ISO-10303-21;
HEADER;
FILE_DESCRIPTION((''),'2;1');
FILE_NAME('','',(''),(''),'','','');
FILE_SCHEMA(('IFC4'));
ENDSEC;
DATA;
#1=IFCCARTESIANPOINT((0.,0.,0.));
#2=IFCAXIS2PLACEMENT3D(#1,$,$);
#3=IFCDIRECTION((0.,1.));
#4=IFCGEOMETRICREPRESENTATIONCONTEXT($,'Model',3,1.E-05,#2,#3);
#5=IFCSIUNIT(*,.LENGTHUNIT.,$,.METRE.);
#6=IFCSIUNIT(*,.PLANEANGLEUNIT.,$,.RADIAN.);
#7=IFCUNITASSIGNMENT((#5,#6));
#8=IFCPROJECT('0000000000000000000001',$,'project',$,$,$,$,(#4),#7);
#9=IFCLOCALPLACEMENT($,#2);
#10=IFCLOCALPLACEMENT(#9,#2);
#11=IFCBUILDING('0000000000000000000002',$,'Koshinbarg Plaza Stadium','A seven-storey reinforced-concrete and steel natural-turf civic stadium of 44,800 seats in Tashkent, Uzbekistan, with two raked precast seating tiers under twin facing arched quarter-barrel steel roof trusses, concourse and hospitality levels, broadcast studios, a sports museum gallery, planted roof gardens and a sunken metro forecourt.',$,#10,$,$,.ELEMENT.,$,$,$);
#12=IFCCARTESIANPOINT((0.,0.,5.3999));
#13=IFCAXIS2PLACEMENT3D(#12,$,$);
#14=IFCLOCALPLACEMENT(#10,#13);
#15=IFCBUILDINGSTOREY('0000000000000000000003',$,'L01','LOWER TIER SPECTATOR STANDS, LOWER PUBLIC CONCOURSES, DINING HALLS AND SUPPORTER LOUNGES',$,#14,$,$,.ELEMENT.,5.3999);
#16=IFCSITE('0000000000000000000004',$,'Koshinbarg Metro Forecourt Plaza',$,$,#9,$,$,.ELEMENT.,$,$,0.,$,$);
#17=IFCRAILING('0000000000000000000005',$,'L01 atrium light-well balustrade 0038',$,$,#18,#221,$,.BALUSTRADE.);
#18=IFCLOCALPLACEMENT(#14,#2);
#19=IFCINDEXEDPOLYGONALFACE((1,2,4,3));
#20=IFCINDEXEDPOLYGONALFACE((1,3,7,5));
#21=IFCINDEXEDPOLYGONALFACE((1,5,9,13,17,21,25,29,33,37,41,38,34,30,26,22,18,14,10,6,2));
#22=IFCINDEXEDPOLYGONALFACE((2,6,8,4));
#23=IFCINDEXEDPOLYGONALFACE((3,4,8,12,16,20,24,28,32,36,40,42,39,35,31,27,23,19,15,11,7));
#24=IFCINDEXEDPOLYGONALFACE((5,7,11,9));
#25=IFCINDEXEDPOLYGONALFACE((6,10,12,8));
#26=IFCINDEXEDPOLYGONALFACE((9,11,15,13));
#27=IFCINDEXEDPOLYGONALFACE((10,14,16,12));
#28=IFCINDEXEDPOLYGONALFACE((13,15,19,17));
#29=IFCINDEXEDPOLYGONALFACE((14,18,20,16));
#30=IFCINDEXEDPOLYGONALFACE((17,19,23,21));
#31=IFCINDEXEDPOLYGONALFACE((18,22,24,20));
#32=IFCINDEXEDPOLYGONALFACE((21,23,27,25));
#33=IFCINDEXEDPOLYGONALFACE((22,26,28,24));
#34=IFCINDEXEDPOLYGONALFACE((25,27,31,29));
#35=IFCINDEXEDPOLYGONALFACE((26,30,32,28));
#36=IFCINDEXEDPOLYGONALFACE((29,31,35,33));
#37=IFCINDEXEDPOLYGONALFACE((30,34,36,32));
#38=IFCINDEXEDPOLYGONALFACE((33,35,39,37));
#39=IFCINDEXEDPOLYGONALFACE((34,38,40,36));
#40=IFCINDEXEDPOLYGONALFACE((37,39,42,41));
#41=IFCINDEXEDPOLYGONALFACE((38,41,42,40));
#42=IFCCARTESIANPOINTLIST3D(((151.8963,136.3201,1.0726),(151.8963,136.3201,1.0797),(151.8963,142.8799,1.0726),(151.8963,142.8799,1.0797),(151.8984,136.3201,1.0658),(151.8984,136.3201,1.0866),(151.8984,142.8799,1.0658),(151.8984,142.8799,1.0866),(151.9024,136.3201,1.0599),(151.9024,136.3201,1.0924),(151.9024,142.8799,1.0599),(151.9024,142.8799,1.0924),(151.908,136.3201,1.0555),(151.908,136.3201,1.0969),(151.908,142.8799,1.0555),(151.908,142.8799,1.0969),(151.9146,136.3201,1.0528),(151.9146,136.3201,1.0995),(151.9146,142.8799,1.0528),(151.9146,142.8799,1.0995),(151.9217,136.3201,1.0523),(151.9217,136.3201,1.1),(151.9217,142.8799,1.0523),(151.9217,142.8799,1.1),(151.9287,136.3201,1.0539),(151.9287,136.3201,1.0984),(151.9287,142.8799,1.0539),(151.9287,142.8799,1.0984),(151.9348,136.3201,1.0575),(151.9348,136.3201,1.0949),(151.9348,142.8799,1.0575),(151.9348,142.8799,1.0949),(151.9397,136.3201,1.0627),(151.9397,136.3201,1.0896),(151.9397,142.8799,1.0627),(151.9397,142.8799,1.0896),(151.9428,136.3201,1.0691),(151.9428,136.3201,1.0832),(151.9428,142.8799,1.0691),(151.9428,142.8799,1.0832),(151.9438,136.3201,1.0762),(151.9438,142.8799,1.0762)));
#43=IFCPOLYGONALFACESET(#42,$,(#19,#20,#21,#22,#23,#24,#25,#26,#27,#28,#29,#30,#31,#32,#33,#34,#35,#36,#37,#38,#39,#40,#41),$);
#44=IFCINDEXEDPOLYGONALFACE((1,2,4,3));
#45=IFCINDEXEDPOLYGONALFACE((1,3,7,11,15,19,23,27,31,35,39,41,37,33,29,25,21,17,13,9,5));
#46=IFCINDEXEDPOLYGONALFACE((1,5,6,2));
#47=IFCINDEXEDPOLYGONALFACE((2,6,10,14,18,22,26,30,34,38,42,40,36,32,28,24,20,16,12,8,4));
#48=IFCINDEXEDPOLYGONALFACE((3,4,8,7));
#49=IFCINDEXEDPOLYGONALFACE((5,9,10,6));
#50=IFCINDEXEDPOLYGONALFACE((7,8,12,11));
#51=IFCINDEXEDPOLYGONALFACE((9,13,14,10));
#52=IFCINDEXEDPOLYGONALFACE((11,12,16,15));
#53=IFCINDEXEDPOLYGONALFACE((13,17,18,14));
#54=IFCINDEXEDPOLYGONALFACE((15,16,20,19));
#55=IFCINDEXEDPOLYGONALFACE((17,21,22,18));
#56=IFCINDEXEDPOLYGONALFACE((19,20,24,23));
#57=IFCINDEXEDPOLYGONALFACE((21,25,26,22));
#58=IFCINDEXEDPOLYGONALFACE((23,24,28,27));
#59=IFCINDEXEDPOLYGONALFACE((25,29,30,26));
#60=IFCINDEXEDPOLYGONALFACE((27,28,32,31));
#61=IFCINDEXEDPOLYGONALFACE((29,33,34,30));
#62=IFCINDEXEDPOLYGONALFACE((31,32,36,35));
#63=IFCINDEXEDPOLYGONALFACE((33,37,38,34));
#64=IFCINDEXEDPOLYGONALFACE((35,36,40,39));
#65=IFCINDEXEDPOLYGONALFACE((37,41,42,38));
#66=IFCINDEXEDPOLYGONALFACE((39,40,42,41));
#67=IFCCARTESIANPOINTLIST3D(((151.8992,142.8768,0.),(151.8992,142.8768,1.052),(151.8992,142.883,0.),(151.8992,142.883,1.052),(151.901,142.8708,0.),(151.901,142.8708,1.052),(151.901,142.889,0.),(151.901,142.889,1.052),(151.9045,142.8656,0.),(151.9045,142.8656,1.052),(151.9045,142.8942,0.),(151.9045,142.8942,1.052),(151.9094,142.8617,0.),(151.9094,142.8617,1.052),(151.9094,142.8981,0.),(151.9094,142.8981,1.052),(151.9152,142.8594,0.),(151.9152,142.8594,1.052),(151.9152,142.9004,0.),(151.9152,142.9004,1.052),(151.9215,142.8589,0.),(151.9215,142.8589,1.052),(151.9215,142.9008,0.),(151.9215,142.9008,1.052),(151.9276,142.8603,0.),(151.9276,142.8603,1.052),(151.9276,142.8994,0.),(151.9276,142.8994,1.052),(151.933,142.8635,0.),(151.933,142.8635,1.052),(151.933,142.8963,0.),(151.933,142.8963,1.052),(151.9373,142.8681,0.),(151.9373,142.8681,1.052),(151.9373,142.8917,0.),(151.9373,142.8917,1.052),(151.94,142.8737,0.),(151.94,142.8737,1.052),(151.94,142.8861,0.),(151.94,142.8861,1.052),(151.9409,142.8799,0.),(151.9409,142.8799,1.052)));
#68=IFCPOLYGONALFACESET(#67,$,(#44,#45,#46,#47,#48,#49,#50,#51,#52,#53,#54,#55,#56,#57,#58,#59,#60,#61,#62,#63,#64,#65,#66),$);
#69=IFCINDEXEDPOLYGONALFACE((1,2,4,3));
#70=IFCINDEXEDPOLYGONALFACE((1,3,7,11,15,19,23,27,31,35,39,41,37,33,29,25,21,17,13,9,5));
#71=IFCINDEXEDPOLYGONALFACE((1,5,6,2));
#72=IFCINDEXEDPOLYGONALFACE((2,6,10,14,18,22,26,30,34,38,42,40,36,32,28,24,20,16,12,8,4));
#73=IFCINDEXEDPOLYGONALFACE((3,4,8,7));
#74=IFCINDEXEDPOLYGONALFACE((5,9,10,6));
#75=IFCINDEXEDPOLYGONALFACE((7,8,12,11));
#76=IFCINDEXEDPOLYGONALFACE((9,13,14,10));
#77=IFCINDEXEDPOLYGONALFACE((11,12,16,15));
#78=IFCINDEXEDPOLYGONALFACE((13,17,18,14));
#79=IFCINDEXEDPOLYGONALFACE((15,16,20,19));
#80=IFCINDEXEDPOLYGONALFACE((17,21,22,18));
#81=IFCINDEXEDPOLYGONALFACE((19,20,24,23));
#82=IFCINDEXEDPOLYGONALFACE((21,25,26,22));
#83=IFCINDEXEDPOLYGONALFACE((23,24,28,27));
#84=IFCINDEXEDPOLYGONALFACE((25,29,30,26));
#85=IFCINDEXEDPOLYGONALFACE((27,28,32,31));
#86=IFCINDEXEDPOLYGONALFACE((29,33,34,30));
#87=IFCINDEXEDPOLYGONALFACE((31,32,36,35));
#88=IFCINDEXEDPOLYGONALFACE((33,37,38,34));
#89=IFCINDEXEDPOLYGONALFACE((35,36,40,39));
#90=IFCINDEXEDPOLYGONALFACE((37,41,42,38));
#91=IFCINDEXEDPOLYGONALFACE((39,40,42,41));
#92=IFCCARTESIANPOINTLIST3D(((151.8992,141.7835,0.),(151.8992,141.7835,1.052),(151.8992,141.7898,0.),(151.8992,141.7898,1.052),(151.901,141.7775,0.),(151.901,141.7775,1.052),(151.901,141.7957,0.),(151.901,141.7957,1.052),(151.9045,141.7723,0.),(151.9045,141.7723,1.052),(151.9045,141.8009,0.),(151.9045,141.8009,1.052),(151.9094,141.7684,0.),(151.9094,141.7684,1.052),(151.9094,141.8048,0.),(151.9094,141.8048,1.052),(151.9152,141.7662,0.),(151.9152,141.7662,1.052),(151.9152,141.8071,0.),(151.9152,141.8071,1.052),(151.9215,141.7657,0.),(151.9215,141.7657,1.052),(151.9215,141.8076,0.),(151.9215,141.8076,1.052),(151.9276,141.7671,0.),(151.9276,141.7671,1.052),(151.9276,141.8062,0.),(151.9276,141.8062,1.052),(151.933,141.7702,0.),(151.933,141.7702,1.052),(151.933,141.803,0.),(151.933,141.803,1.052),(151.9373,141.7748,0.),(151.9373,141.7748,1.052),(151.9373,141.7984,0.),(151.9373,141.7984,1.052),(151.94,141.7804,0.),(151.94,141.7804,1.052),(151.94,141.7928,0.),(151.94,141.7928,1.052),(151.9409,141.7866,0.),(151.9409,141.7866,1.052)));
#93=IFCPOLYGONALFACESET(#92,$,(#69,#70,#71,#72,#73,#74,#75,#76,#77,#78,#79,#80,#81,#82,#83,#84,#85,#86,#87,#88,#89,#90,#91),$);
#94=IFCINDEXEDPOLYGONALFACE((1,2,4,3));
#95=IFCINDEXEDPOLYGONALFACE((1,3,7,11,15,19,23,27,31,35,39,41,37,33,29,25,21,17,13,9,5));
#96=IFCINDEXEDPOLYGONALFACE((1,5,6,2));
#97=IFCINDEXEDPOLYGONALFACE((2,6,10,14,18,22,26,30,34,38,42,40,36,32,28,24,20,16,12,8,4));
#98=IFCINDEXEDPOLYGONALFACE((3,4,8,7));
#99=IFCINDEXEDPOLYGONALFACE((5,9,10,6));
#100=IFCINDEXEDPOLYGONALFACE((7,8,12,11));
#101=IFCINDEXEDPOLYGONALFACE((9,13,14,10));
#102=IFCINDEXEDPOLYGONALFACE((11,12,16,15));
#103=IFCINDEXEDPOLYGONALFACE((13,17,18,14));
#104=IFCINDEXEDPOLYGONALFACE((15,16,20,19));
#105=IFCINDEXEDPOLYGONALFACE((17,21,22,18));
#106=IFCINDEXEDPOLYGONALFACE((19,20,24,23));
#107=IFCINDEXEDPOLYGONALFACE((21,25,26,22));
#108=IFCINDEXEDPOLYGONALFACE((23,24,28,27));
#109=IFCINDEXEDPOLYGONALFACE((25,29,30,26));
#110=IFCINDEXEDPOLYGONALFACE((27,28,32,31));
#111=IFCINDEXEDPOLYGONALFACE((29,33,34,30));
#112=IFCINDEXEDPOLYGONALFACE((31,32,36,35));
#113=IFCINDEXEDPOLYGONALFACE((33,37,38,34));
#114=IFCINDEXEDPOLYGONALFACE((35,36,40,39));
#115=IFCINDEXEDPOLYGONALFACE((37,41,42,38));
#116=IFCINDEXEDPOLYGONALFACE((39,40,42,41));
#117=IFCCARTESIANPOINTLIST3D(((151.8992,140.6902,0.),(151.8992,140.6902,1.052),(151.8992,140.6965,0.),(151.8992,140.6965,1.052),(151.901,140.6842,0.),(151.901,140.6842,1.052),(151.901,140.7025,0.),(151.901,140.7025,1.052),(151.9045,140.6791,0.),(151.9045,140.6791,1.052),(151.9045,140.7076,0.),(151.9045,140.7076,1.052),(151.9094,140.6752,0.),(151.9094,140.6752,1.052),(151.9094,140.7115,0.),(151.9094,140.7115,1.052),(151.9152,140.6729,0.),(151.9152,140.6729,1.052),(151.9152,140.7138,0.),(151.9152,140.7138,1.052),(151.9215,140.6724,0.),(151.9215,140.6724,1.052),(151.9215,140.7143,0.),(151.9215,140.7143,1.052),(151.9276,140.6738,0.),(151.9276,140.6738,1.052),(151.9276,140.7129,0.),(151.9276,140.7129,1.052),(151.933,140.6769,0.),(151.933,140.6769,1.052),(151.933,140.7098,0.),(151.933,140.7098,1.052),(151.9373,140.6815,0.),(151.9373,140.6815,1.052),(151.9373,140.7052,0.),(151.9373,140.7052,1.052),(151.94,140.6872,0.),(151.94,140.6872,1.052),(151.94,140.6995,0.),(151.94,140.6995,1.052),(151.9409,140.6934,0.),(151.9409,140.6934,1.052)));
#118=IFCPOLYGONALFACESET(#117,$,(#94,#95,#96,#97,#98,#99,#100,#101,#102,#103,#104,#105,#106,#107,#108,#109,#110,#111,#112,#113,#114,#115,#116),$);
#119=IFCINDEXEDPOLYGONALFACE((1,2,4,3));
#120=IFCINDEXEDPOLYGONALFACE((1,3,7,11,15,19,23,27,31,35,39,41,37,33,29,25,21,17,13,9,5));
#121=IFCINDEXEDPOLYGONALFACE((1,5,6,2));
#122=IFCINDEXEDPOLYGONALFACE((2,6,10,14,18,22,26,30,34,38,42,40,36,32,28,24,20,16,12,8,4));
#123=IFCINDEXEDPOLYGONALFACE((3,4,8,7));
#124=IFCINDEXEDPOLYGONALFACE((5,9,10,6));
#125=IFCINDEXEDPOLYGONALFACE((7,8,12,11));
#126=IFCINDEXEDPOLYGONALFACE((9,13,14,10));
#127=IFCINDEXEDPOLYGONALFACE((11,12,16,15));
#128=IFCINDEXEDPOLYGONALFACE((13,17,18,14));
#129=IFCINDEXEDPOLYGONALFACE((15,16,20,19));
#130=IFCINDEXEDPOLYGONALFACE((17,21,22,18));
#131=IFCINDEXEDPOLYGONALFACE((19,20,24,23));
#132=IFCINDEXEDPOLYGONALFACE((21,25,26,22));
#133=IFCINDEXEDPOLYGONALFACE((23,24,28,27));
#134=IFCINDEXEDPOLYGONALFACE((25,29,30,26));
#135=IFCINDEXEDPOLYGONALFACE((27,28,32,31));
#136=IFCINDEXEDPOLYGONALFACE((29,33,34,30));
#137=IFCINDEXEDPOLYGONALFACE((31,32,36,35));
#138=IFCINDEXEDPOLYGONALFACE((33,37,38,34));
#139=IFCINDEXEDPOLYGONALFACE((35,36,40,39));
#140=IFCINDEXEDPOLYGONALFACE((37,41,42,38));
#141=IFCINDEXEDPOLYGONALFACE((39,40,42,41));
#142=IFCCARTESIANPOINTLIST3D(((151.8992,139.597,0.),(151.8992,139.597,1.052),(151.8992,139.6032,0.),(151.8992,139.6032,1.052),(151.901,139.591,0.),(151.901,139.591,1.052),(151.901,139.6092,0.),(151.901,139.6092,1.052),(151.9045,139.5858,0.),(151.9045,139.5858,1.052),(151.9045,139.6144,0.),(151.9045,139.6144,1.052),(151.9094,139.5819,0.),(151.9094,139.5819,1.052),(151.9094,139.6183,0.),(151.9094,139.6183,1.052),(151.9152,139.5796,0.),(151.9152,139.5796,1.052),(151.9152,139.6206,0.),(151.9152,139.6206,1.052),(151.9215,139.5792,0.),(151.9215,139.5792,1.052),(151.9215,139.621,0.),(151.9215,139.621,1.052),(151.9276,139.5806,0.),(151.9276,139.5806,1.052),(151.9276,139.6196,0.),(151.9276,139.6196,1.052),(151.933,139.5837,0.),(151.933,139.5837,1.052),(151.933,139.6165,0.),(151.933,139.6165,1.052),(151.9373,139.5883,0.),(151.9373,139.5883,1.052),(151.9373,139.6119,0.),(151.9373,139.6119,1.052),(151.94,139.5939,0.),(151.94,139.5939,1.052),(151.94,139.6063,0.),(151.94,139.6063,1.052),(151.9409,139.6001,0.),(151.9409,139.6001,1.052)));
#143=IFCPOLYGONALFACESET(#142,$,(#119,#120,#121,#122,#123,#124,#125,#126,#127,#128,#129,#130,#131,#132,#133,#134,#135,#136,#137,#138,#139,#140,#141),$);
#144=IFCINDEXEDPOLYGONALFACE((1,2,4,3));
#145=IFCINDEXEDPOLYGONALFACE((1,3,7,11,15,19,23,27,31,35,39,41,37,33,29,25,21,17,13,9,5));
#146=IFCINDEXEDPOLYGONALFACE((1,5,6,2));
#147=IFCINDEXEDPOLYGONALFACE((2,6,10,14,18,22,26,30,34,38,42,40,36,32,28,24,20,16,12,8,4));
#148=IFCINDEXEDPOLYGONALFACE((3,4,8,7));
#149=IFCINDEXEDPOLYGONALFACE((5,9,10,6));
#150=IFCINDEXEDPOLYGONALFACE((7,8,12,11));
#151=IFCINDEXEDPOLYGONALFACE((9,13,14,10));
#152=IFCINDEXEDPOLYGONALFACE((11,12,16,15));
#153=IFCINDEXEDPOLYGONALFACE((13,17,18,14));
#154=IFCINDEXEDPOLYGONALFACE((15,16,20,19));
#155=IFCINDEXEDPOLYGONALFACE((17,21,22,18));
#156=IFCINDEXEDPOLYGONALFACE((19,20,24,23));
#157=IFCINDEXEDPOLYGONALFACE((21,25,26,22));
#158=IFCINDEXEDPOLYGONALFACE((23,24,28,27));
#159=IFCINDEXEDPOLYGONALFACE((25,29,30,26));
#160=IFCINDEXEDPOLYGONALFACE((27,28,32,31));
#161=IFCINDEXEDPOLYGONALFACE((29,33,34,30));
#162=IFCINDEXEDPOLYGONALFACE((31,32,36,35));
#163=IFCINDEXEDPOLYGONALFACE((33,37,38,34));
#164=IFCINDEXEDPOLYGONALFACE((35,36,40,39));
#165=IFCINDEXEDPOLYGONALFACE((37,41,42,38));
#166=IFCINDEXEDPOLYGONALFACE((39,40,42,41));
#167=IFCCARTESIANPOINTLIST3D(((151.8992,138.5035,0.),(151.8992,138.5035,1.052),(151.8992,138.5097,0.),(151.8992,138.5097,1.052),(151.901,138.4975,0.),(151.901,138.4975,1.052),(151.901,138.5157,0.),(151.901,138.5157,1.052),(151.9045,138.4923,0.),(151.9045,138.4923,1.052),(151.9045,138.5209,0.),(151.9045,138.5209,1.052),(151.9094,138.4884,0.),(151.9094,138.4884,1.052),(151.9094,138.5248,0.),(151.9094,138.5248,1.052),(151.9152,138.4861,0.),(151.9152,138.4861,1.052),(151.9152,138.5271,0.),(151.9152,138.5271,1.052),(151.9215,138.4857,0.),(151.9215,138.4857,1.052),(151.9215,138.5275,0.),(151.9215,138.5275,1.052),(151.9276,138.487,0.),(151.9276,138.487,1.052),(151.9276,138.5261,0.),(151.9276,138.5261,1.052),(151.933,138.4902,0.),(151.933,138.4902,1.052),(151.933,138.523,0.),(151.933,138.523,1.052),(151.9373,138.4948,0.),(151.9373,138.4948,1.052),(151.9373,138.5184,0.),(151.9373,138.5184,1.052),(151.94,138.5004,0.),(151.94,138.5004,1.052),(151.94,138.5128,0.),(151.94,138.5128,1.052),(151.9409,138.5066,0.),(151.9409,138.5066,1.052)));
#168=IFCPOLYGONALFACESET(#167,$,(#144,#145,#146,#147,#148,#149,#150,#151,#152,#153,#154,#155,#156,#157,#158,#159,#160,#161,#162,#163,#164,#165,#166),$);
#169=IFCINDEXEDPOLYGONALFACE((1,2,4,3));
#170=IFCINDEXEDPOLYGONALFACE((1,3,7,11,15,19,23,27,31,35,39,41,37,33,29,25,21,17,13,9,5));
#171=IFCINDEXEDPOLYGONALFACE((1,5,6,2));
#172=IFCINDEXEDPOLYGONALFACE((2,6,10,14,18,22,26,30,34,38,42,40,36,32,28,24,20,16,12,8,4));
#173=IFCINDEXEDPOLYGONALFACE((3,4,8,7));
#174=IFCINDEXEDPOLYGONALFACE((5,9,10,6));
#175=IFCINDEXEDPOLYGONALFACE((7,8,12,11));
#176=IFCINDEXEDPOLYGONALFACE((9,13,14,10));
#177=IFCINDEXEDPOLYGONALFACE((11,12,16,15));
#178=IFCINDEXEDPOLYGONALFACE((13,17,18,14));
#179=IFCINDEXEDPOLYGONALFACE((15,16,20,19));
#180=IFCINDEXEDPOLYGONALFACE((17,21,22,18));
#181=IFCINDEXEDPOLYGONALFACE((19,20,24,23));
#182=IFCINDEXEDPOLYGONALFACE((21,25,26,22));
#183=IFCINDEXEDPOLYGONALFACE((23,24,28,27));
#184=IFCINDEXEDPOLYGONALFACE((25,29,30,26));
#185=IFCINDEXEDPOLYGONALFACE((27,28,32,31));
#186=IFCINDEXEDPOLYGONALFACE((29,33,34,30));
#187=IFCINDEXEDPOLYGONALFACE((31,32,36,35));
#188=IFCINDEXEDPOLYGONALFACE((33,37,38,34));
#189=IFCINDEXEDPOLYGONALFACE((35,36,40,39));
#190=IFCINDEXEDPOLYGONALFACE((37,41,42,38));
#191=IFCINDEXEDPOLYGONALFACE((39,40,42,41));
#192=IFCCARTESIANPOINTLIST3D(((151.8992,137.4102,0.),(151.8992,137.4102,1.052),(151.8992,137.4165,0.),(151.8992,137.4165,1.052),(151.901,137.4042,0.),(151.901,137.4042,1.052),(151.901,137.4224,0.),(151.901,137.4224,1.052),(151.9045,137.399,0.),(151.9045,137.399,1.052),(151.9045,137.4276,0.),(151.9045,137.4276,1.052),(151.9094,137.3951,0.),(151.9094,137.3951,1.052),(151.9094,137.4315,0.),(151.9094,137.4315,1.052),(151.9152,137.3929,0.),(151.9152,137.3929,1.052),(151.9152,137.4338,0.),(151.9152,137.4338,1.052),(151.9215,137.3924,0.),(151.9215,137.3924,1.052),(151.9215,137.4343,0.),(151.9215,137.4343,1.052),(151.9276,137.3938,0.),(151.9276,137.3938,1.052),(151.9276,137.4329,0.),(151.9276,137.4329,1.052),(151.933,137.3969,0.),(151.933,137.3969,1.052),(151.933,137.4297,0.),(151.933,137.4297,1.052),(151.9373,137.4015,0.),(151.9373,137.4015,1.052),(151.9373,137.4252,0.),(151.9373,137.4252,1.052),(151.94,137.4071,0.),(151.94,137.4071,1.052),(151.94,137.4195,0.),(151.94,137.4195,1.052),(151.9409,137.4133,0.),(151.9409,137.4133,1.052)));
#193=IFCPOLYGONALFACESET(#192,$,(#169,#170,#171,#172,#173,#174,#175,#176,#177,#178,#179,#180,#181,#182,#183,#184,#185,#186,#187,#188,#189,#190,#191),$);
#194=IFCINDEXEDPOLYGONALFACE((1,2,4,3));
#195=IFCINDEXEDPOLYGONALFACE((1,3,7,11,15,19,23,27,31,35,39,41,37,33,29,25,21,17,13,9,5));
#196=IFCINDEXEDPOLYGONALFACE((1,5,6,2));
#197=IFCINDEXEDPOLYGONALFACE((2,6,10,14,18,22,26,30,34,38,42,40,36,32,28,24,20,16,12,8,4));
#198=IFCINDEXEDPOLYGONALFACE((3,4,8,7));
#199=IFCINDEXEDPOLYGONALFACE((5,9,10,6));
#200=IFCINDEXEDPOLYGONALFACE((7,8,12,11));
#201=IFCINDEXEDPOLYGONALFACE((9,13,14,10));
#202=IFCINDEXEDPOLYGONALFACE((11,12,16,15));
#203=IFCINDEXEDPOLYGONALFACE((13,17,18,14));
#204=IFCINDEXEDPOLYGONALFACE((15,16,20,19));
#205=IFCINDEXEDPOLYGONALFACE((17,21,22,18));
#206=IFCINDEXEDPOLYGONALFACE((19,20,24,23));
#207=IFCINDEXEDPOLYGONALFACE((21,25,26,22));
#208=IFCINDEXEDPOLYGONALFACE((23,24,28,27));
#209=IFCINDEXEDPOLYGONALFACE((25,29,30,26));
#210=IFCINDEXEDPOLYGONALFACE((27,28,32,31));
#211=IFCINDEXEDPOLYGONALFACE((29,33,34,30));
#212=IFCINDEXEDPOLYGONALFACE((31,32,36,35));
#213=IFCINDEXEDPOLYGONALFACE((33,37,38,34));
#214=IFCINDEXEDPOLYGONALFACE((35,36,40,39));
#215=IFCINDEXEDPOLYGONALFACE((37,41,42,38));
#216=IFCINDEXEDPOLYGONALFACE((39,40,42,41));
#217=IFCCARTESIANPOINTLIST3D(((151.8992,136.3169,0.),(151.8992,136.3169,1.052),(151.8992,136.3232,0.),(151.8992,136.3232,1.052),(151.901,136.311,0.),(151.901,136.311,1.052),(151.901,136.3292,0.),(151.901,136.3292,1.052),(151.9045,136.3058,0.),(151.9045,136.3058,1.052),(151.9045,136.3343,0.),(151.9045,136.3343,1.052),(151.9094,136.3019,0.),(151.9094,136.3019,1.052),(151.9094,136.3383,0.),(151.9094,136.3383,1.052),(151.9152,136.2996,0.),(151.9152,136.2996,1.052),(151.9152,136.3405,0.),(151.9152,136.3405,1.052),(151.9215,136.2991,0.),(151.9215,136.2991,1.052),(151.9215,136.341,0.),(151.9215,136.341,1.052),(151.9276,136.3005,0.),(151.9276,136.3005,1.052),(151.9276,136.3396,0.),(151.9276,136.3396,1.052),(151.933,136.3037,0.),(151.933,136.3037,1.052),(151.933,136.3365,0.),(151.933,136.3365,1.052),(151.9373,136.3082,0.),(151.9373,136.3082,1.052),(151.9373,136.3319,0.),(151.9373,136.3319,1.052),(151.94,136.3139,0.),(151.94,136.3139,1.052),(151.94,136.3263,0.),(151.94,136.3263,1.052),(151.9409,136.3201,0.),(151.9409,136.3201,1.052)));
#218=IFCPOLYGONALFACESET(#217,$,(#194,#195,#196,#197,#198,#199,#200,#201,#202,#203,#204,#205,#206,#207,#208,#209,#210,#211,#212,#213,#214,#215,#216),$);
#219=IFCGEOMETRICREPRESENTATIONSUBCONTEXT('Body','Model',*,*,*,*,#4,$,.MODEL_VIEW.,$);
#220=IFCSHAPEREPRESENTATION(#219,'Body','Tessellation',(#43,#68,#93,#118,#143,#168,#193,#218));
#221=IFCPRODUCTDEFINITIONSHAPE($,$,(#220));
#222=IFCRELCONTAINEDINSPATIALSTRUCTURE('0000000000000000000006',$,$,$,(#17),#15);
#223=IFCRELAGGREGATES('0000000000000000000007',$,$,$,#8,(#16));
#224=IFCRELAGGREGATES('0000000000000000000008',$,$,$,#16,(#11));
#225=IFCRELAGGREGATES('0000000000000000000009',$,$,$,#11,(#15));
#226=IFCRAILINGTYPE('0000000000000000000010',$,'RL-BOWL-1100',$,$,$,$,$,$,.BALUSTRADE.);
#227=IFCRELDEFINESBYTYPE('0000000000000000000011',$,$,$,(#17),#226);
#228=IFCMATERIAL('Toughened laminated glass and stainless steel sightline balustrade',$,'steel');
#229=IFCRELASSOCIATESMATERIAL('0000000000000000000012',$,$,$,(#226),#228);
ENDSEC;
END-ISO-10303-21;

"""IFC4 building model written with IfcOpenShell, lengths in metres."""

from ifc_helpers import new_model, si_unit, direction, frame, origin, origin_2d, place, context, subcontext, project, spatial, circle, extrude, material, type_object, element, save


model = new_model("IFC4")

# Units and contexts
model_context = context("Model", 3, precision=1e-05, world=origin(), true_north=direction((0.0, 1.0)))
body_context = subcontext(model_context, "Body", "Model", "MODEL_VIEW")
ifc_project = project(units=[si_unit("LENGTHUNIT", "METRE"), si_unit("PLANEANGLEUNIT", "RADIAN")], contexts=[model_context])

# Site, building, storey
site_placement = place(None, origin())
site = spatial("IfcSite", under=ifc_project, at=site_placement, Name="Koshinbarg Metro Forecourt Plaza", CompositionType="ELEMENT", RefElevation=0.0)
building_placement = place(site_placement, origin())
building = spatial("IfcBuilding", under=site, at=building_placement, Name="Koshinbarg Plaza Stadium", Description="A seven-storey reinforced-concrete and steel natural-turf civic stadium of 44,800 seats in Tashkent, Uzbekistan, with two raked precast seating tiers under twin facing arched quarter-barrel steel roof trusses, concourse and hospitality levels, broadcast studios, a sports museum gallery, planted roof gardens and a sunken metro forecourt.", CompositionType="ELEMENT")
storey_placement = place(building_placement, frame((0.0, 0.0, 5.3999)))
storey = spatial("IfcBuildingStorey", under=building, at=storey_placement, Name="L01", Description="LOWER TIER SPECTATOR STANDS, LOWER PUBLIC CONCOURSES, DINING HALLS AND SUPPORTER LOUNGES", CompositionType="ELEMENT", Elevation=5.3999)

# Railing
ifc_material_1 = material(Name="Toughened laminated glass and stainless steel sightline balustrade", Category="steel")
railing_type = type_object("IfcRailingType", Name="RL-BOWL-1100", PredefinedType="BALUSTRADE", material=ifc_material_1)
railing_1_placement = place(storey_placement, frame((151.9199, 142.8799, 0.0)))
element("IfcRailing", 1, at=railing_1_placement, inside=storey, type_object=railing_type, Name="L01 atrium light-well balustrade 0038", PredefinedType="BALUSTRADE", context=body_context, shape_type="SweptSolid", body=[
    extrude(circle(Radius=0.0239, at=origin_2d()), frame((0.0, 0.0, 1.0762), z_axis=(0.0, -1.0, 0.0), x_axis=(1.0, 0.0, 0.0)), (0.0, 0.0, 1.0), 6.5598),
    extrude(circle(Radius=0.021, at=origin_2d()), origin(), (0.0, 0.0, 1.0), 1.052),
    extrude(circle(Radius=0.021, at=origin_2d()), frame((0.0, -1.0933, 0.0)), (0.0, 0.0, 1.0), 1.052),
    extrude(circle(Radius=0.021, at=origin_2d()), frame((0.0, -2.1865, 0.0)), (0.0, 0.0, 1.0), 1.052),
    extrude(circle(Radius=0.021, at=origin_2d()), frame((0.0, -3.2798, 0.0)), (0.0, 0.0, 1.0), 1.052),
    extrude(circle(Radius=0.021, at=origin_2d()), frame((0.0, -4.3733, 0.0)), (0.0, 0.0, 1.0), 1.052),
    extrude(circle(Radius=0.021, at=origin_2d()), frame((0.0, -5.4666, 0.0)), (0.0, 0.0, 1.0), 1.052),
    extrude(circle(Radius=0.021, at=origin_2d()), frame((0.0, -6.5598, 0.0)), (0.0, 0.0, 1.0), 1.052),
])

save(model, "model.ifc")
